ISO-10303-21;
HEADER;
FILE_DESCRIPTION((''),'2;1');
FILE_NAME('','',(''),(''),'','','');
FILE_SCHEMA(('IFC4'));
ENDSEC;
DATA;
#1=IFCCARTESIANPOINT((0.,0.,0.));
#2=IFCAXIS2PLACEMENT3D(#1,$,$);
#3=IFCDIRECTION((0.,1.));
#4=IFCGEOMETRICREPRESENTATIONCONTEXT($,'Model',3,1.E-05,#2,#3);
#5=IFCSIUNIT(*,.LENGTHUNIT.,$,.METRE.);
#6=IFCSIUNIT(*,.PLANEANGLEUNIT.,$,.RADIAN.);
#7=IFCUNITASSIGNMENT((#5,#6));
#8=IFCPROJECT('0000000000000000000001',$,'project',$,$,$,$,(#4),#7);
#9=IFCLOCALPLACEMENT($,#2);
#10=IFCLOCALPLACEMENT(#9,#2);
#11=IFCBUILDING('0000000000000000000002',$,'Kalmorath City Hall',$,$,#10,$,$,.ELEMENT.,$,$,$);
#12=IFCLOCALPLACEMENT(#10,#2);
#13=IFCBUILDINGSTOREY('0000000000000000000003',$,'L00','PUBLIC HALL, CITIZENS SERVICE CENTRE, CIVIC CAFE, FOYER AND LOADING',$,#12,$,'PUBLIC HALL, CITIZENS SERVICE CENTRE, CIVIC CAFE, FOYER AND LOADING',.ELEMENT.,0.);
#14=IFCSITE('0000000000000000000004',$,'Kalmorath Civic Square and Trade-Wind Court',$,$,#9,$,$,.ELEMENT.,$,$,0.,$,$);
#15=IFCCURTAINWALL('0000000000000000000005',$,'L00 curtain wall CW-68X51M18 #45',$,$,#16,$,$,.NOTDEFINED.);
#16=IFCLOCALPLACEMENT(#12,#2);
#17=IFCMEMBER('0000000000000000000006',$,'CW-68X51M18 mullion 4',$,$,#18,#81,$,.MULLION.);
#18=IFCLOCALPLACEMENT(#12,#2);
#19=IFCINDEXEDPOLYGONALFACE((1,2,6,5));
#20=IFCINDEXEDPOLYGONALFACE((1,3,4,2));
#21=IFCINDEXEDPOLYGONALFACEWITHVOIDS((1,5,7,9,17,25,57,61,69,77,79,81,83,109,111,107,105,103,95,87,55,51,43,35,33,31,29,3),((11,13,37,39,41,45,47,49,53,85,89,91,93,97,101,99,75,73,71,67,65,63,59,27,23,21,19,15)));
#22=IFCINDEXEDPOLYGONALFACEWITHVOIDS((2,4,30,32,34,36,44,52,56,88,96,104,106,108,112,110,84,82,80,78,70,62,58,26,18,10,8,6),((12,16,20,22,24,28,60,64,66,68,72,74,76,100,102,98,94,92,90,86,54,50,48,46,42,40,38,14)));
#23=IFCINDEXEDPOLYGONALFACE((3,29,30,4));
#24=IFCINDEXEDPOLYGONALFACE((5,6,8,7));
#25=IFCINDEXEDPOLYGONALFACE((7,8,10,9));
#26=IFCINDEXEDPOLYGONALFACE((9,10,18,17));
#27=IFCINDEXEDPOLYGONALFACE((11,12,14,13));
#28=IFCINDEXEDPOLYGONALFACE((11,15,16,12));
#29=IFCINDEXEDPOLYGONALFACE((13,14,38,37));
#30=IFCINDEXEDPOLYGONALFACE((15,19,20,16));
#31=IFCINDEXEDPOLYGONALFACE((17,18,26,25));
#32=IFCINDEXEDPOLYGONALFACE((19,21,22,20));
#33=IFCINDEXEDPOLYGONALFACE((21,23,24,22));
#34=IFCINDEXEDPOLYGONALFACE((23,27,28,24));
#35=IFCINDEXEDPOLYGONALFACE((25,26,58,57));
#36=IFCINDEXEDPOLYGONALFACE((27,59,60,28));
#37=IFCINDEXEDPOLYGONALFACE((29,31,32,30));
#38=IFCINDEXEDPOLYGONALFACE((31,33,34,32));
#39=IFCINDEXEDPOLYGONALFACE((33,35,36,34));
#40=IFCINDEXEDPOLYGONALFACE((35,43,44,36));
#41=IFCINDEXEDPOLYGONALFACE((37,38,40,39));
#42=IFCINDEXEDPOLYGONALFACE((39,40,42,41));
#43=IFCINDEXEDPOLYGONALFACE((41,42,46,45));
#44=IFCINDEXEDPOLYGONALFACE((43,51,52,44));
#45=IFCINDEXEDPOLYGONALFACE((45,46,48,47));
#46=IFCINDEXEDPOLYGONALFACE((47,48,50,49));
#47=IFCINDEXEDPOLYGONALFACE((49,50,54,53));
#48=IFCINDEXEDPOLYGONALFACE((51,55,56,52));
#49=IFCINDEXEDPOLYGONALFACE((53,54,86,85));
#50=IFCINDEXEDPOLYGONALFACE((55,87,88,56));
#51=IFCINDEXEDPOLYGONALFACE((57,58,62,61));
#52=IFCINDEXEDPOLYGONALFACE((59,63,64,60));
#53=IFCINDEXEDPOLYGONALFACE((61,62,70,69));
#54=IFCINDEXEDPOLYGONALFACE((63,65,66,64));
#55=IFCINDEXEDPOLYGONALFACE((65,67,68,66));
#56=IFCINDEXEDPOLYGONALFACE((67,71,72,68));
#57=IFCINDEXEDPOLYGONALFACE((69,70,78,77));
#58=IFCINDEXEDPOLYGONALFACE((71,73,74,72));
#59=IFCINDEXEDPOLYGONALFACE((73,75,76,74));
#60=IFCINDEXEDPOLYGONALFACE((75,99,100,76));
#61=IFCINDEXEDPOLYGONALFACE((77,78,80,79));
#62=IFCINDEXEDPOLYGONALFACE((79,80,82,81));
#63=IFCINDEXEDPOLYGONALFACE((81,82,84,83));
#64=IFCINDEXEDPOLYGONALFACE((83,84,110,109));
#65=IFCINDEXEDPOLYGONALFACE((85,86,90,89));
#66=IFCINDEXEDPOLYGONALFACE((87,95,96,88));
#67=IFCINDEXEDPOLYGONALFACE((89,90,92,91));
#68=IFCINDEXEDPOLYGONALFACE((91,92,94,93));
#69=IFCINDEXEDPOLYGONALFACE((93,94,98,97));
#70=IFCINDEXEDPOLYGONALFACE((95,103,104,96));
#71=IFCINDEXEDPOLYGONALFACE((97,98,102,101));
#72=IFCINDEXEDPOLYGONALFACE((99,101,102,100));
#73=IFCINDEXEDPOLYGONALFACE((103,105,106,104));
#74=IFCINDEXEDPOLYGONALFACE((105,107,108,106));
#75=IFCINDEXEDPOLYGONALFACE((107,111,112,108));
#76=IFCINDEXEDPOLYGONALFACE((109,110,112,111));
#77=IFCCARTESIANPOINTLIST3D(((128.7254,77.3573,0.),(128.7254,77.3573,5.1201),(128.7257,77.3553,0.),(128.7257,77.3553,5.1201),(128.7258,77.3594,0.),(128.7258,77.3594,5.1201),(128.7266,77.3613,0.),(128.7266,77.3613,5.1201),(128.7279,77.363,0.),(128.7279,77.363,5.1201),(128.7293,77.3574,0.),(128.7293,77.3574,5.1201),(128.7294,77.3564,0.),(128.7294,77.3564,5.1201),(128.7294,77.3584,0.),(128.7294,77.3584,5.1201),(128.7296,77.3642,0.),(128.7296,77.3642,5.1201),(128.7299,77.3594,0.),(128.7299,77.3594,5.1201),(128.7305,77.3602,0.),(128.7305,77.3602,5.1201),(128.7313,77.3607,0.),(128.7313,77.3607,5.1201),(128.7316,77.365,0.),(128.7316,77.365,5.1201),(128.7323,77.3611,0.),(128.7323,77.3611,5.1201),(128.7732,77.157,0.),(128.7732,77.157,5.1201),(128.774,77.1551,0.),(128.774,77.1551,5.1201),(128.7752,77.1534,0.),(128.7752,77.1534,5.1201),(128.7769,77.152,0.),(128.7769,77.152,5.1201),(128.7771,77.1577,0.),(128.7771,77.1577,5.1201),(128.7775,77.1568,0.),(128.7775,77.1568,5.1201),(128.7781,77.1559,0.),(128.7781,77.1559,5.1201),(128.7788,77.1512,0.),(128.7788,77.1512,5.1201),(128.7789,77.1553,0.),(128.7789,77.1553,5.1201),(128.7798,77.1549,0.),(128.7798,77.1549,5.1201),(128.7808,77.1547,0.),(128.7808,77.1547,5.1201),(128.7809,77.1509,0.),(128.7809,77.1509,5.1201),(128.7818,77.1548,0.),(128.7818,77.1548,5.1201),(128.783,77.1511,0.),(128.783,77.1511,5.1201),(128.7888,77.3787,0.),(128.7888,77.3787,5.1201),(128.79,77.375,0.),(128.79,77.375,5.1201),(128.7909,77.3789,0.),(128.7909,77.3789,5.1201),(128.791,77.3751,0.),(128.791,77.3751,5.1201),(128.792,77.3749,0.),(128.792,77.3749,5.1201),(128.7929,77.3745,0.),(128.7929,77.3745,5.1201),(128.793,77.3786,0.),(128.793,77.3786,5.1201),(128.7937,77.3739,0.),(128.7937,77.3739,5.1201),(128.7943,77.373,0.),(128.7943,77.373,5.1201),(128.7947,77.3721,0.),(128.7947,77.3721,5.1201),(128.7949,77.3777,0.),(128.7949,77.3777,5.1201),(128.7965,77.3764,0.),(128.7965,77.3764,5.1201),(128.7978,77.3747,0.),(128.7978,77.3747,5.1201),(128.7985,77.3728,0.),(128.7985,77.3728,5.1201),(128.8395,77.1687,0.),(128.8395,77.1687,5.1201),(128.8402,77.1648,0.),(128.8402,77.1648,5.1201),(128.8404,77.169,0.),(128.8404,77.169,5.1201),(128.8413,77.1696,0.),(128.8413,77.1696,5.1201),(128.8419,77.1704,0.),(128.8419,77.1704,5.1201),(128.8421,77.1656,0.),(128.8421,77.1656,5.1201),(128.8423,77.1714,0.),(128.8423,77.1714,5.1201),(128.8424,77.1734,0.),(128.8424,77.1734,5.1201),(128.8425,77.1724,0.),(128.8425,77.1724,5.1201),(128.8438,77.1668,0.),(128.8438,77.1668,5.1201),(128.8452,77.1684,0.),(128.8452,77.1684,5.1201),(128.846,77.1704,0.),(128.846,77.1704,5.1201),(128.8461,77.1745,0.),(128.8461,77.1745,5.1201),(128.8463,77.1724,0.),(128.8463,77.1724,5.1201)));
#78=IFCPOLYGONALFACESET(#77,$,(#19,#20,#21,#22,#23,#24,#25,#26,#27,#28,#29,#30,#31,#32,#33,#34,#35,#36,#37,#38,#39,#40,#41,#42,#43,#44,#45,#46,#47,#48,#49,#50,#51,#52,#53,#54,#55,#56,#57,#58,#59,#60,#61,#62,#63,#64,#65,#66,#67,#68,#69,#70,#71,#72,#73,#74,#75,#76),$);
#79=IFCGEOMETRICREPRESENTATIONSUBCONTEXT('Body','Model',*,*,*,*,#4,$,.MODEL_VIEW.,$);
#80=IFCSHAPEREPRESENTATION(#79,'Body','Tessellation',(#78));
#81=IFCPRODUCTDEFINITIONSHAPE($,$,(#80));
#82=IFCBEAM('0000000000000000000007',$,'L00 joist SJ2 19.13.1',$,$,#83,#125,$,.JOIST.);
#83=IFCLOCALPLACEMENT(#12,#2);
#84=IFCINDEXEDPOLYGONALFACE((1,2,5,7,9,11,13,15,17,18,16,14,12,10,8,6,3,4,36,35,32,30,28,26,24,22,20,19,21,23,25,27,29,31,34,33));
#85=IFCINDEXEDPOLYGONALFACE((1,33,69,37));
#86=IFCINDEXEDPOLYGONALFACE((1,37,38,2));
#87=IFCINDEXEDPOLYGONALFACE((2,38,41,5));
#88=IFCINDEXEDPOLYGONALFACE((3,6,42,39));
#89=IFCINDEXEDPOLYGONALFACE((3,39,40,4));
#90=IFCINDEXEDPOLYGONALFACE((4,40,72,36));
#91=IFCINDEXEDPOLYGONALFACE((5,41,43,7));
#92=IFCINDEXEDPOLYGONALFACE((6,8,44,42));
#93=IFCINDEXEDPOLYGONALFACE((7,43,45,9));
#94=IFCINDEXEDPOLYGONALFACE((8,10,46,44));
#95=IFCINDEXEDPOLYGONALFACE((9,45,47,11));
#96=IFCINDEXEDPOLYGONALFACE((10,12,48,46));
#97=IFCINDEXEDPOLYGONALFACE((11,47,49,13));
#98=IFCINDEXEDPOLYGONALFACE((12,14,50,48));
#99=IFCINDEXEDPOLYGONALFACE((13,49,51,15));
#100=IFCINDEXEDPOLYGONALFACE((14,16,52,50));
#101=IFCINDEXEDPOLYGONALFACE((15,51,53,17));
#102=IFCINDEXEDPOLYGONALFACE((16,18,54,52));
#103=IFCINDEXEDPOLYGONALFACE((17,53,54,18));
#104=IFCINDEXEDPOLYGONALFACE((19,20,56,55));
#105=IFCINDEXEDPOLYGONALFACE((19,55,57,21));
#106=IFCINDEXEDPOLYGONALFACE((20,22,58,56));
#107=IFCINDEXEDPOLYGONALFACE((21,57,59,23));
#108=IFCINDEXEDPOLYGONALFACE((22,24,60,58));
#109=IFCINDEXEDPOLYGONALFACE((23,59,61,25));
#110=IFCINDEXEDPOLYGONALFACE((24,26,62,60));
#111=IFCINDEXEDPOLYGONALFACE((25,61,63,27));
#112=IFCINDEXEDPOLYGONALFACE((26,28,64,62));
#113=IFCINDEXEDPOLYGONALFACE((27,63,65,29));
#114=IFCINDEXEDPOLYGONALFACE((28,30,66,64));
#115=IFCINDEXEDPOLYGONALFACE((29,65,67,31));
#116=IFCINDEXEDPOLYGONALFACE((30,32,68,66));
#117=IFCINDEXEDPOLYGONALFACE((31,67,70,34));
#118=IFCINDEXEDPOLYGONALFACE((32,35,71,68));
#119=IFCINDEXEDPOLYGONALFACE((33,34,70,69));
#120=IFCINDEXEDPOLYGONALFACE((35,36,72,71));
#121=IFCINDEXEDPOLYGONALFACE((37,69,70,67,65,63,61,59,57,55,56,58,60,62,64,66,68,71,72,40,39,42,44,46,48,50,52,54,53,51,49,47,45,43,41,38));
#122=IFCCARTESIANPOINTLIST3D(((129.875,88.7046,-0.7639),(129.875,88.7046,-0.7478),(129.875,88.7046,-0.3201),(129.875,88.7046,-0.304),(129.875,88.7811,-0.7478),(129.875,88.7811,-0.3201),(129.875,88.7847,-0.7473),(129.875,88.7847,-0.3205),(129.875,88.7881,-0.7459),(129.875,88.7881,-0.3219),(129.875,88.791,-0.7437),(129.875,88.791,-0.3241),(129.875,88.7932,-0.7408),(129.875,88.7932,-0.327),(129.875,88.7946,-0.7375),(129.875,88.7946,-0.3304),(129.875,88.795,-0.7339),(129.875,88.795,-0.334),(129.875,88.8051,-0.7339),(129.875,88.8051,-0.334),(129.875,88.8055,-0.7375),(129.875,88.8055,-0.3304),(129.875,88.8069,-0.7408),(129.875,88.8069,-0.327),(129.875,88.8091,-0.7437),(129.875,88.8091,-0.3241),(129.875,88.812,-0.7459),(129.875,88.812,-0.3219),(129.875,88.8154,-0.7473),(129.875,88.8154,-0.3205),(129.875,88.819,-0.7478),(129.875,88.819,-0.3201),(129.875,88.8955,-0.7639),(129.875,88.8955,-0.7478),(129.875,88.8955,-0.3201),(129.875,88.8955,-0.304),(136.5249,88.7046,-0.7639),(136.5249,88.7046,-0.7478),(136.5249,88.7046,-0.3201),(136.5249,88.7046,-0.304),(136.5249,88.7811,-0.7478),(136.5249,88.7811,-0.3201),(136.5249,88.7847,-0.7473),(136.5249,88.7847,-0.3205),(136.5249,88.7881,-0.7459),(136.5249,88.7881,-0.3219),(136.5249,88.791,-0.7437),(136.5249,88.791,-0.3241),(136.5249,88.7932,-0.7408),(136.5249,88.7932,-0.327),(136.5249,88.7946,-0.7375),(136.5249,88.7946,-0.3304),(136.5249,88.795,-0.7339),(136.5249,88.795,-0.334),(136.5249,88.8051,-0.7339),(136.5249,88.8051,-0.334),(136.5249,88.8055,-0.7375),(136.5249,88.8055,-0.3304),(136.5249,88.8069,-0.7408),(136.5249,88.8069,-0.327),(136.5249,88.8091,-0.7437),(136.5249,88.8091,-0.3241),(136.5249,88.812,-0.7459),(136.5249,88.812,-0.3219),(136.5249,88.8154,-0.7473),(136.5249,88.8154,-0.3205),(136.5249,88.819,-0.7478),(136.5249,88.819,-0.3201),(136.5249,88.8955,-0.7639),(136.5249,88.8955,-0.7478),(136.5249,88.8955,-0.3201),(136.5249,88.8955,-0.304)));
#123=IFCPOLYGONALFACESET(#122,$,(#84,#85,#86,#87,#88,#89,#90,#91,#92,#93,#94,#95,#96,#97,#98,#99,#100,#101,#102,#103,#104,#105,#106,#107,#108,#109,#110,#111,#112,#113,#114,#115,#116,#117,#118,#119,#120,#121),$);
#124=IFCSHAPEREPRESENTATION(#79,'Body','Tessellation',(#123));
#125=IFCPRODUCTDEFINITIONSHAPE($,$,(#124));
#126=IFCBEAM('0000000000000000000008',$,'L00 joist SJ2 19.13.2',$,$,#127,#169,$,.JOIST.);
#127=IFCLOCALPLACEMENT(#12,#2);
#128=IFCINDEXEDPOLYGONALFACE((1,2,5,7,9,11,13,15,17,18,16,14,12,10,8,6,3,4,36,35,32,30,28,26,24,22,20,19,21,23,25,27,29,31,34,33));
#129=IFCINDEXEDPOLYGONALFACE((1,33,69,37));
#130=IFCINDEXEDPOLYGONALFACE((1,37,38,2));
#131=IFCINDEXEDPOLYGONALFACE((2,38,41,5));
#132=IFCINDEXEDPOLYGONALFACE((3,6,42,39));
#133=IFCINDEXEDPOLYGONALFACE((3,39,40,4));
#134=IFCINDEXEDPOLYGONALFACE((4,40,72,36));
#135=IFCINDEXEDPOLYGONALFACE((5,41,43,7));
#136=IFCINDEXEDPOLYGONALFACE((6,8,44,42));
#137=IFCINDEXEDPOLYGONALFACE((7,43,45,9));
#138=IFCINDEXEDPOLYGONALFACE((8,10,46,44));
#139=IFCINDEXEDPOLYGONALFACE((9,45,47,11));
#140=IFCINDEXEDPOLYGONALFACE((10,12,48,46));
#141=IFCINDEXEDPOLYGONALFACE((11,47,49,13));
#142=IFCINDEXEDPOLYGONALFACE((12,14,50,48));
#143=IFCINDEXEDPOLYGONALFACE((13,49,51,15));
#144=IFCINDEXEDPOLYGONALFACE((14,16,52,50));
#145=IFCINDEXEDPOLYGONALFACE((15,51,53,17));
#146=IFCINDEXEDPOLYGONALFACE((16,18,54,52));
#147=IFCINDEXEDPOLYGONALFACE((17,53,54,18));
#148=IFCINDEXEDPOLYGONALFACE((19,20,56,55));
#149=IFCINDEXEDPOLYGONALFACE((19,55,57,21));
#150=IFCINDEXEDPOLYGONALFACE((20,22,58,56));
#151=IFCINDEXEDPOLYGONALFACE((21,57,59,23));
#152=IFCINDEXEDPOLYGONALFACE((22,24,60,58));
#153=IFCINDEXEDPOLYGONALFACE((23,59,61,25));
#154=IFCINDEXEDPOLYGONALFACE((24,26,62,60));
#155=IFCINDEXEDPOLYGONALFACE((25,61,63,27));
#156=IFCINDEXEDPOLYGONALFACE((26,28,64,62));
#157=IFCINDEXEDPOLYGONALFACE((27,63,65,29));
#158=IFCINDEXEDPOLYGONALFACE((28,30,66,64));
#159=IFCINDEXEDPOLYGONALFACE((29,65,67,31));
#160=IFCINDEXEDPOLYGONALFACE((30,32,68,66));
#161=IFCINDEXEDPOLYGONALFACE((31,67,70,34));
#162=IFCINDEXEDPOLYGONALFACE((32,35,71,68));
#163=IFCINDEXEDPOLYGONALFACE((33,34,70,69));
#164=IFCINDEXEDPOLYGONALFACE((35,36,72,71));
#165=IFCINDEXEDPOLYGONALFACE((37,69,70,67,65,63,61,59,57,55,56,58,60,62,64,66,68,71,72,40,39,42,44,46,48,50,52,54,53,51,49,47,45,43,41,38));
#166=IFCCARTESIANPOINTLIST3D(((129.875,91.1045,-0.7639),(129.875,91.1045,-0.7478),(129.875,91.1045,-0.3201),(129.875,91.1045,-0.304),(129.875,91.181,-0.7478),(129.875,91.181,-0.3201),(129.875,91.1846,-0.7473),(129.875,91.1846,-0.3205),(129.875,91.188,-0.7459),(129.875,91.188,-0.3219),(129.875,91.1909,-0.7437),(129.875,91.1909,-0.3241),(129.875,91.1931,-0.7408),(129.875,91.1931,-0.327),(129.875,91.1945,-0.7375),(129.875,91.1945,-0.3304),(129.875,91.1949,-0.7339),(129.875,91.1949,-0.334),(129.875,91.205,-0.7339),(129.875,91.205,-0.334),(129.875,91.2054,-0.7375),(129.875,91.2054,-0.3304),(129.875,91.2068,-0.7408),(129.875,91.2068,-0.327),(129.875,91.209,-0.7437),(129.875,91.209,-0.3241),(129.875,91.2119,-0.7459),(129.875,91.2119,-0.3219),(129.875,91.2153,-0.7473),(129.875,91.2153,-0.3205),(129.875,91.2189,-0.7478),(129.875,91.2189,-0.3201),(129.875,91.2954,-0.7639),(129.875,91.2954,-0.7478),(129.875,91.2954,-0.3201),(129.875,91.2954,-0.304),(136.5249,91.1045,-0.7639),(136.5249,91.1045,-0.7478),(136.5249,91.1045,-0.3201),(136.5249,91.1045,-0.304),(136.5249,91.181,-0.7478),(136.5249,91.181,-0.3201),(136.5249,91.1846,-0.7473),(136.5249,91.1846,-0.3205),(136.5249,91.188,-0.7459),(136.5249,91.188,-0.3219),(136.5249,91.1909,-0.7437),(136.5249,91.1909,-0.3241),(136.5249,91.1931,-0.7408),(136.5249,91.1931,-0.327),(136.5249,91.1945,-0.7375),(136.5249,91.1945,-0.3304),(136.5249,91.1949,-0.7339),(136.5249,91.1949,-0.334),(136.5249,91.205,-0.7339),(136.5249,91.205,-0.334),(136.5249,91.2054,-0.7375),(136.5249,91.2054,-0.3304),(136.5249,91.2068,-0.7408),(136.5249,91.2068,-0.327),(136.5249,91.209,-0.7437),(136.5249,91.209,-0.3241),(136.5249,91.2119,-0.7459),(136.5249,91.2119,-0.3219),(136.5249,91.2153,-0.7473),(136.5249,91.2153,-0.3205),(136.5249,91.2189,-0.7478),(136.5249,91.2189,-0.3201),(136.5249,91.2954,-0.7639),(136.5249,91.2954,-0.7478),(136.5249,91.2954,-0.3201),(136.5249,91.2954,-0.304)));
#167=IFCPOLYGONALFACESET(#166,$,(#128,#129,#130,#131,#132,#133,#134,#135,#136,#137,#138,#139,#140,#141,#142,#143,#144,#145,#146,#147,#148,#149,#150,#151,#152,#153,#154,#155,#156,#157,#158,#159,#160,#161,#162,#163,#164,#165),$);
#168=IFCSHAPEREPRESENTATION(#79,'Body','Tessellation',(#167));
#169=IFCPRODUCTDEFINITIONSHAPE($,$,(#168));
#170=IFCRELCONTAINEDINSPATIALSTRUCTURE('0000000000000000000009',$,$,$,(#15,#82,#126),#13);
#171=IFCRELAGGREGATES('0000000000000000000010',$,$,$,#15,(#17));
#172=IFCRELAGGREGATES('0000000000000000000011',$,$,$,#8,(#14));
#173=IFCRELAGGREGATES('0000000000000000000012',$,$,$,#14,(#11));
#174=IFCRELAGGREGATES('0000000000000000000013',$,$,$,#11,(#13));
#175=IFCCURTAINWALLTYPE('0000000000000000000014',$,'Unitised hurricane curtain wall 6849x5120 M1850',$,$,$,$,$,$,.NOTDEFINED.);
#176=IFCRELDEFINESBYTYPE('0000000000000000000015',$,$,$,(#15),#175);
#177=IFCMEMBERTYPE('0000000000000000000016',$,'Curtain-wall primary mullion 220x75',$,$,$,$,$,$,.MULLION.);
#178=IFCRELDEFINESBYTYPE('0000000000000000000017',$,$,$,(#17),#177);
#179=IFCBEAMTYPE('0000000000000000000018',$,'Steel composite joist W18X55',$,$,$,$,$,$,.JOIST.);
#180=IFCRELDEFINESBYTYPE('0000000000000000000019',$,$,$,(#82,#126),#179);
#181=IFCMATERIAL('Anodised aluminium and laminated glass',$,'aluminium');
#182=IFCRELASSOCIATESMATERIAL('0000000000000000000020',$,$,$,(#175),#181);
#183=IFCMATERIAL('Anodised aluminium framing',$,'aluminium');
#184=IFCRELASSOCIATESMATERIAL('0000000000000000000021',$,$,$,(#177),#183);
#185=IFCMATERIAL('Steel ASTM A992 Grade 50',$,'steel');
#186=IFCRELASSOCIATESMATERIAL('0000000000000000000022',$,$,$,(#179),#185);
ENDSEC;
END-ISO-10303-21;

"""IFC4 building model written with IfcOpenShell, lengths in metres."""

from ifc_helpers import new_model, si_unit, direction, frame, origin, origin_2d, place, context, subcontext, project, spatial, hollow_rectangle, i_section, extrude, material, material_profile, profile_set, type_object, element, aggregate, save


model = new_model("IFC4")

# Units and contexts
model_context = context("Model", 3, precision=1e-05, world=origin(), true_north=direction((0.0, 1.0)))
body_context = subcontext(model_context, "Body", "Model", "MODEL_VIEW")
ifc_project = project(units=[si_unit("LENGTHUNIT", "METRE"), si_unit("PLANEANGLEUNIT", "RADIAN")], contexts=[model_context])

# Site, building, storey
site_placement = place(None, origin())
site = spatial("IfcSite", under=ifc_project, at=site_placement, Name="Kalmorath Civic Square and Trade-Wind Court", CompositionType="ELEMENT", RefElevation=0.0)
building_placement = place(site_placement, origin())
building = spatial("IfcBuilding", under=site, at=building_placement, Name="Kalmorath City Hall", CompositionType="ELEMENT")
storey_placement = place(building_placement, origin())
storey = spatial("IfcBuildingStorey", under=building, at=storey_placement, Name="L00", Description="PUBLIC HALL, CITIZENS SERVICE CENTRE, CIVIC CAFE, FOYER AND LOADING", LongName="PUBLIC HALL, CITIZENS SERVICE CENTRE, CIVIC CAFE, FOYER AND LOADING", CompositionType="ELEMENT", Elevation=0.0)

# Curtain wall, member
ifc_material_1 = material(Name="Anodised aluminium and laminated glass", Category="aluminium")
curtain_wall_type = type_object("IfcCurtainWallType", Name="Unitised hurricane curtain wall 6849x5120 M1850", PredefinedType="NOTDEFINED", material=ifc_material_1)
curtain_wall_placement = place(storey_placement, origin())
curtain_wall = element("IfcCurtainWall", 1, at=curtain_wall_placement, inside=storey, type_object=curtain_wall_type, Name="L00 curtain wall CW-68X51M18 #45", PredefinedType="NOTDEFINED")
ifc_material_2 = material(Name="Anodised aluminium framing", Category="aluminium")
ifc_material_profile_1 = material_profile(ifc_material_2, hollow_rectangle(XDim=0.075, YDim=0.22, WallThickness=0.0039, InnerFilletRadius=0.0039, OuterFilletRadius=0.0081, at=origin_2d()), Name="ALU-MUL-220X75X4")
ifc_profile_set_1 = profile_set([ifc_material_profile_1], Name="Anodised aluminium framing")
member_type_1 = type_object("IfcMemberType", Name="Curtain-wall primary mullion 220x75", PredefinedType="MULLION", material=ifc_profile_set_1)
member_1_placement = place(storey_placement, frame((128.7859, 77.2649, 0.0), z_axis=(0.0, 0.0, 1.0), x_axis=(-0.972367, -0.233456, 0.0)))
member_1 = element("IfcMember", 2, at=member_1_placement, type_object=member_type_1, Name="CW-68X51M18 mullion 4", PredefinedType="MULLION", context=body_context, shape_type="SweptSolid", body=[
    extrude(hollow_rectangle(XDim=0.075, YDim=0.22, WallThickness=0.0039, InnerFilletRadius=0.0039, OuterFilletRadius=0.0081, at=origin_2d()), origin(), (0.0, 0.0, 1.0), 5.1201),
])

# Beams
ifc_material_3 = material(Name="Steel ASTM A992 Grade 50", Category="steel")
ifc_material_profile_2 = material_profile(ifc_material_3, i_section(OverallWidth=0.1909, OverallDepth=0.46, WebThickness=0.01, FlangeThickness=0.0161, FilletRadius=0.0139, at=origin_2d()), Name="W18X55")
ifc_profile_set_2 = profile_set([ifc_material_profile_2], Name="Steel ASTM A992 Grade 50")
beam_type_1 = type_object("IfcBeamType", Name="Steel composite joist W18X55", PredefinedType="JOIST", material=ifc_profile_set_2)
for number, where, z_axis, x_axis, name in (
    (3, (129.875, 88.8, -0.5339), (1.0, 0.0, 0.0), (0.0, 1.0, 0.0), "L00 joist SJ2 19.13.1"),
    (4, (129.875, 91.2, -0.5339), (1.0, 0.0, 0.0), (0.0, 1.0, 0.0), "L00 joist SJ2 19.13.2"),
):
    element("IfcBeam", number, at=place(storey_placement, frame(where, z_axis=z_axis, x_axis=x_axis)), inside=storey, type_object=beam_type_1, Name=name, PredefinedType="JOIST", context=body_context, shape_type="SweptSolid", body=[
        extrude(i_section(OverallWidth=0.1909, OverallDepth=0.46, WebThickness=0.01, FlangeThickness=0.0161, FilletRadius=0.0139, at=origin_2d()), origin(), (0.0, 0.0, 1.0), 6.6499),
    ])

aggregate(curtain_wall, [member_1])

save(model, "model.ifc")
